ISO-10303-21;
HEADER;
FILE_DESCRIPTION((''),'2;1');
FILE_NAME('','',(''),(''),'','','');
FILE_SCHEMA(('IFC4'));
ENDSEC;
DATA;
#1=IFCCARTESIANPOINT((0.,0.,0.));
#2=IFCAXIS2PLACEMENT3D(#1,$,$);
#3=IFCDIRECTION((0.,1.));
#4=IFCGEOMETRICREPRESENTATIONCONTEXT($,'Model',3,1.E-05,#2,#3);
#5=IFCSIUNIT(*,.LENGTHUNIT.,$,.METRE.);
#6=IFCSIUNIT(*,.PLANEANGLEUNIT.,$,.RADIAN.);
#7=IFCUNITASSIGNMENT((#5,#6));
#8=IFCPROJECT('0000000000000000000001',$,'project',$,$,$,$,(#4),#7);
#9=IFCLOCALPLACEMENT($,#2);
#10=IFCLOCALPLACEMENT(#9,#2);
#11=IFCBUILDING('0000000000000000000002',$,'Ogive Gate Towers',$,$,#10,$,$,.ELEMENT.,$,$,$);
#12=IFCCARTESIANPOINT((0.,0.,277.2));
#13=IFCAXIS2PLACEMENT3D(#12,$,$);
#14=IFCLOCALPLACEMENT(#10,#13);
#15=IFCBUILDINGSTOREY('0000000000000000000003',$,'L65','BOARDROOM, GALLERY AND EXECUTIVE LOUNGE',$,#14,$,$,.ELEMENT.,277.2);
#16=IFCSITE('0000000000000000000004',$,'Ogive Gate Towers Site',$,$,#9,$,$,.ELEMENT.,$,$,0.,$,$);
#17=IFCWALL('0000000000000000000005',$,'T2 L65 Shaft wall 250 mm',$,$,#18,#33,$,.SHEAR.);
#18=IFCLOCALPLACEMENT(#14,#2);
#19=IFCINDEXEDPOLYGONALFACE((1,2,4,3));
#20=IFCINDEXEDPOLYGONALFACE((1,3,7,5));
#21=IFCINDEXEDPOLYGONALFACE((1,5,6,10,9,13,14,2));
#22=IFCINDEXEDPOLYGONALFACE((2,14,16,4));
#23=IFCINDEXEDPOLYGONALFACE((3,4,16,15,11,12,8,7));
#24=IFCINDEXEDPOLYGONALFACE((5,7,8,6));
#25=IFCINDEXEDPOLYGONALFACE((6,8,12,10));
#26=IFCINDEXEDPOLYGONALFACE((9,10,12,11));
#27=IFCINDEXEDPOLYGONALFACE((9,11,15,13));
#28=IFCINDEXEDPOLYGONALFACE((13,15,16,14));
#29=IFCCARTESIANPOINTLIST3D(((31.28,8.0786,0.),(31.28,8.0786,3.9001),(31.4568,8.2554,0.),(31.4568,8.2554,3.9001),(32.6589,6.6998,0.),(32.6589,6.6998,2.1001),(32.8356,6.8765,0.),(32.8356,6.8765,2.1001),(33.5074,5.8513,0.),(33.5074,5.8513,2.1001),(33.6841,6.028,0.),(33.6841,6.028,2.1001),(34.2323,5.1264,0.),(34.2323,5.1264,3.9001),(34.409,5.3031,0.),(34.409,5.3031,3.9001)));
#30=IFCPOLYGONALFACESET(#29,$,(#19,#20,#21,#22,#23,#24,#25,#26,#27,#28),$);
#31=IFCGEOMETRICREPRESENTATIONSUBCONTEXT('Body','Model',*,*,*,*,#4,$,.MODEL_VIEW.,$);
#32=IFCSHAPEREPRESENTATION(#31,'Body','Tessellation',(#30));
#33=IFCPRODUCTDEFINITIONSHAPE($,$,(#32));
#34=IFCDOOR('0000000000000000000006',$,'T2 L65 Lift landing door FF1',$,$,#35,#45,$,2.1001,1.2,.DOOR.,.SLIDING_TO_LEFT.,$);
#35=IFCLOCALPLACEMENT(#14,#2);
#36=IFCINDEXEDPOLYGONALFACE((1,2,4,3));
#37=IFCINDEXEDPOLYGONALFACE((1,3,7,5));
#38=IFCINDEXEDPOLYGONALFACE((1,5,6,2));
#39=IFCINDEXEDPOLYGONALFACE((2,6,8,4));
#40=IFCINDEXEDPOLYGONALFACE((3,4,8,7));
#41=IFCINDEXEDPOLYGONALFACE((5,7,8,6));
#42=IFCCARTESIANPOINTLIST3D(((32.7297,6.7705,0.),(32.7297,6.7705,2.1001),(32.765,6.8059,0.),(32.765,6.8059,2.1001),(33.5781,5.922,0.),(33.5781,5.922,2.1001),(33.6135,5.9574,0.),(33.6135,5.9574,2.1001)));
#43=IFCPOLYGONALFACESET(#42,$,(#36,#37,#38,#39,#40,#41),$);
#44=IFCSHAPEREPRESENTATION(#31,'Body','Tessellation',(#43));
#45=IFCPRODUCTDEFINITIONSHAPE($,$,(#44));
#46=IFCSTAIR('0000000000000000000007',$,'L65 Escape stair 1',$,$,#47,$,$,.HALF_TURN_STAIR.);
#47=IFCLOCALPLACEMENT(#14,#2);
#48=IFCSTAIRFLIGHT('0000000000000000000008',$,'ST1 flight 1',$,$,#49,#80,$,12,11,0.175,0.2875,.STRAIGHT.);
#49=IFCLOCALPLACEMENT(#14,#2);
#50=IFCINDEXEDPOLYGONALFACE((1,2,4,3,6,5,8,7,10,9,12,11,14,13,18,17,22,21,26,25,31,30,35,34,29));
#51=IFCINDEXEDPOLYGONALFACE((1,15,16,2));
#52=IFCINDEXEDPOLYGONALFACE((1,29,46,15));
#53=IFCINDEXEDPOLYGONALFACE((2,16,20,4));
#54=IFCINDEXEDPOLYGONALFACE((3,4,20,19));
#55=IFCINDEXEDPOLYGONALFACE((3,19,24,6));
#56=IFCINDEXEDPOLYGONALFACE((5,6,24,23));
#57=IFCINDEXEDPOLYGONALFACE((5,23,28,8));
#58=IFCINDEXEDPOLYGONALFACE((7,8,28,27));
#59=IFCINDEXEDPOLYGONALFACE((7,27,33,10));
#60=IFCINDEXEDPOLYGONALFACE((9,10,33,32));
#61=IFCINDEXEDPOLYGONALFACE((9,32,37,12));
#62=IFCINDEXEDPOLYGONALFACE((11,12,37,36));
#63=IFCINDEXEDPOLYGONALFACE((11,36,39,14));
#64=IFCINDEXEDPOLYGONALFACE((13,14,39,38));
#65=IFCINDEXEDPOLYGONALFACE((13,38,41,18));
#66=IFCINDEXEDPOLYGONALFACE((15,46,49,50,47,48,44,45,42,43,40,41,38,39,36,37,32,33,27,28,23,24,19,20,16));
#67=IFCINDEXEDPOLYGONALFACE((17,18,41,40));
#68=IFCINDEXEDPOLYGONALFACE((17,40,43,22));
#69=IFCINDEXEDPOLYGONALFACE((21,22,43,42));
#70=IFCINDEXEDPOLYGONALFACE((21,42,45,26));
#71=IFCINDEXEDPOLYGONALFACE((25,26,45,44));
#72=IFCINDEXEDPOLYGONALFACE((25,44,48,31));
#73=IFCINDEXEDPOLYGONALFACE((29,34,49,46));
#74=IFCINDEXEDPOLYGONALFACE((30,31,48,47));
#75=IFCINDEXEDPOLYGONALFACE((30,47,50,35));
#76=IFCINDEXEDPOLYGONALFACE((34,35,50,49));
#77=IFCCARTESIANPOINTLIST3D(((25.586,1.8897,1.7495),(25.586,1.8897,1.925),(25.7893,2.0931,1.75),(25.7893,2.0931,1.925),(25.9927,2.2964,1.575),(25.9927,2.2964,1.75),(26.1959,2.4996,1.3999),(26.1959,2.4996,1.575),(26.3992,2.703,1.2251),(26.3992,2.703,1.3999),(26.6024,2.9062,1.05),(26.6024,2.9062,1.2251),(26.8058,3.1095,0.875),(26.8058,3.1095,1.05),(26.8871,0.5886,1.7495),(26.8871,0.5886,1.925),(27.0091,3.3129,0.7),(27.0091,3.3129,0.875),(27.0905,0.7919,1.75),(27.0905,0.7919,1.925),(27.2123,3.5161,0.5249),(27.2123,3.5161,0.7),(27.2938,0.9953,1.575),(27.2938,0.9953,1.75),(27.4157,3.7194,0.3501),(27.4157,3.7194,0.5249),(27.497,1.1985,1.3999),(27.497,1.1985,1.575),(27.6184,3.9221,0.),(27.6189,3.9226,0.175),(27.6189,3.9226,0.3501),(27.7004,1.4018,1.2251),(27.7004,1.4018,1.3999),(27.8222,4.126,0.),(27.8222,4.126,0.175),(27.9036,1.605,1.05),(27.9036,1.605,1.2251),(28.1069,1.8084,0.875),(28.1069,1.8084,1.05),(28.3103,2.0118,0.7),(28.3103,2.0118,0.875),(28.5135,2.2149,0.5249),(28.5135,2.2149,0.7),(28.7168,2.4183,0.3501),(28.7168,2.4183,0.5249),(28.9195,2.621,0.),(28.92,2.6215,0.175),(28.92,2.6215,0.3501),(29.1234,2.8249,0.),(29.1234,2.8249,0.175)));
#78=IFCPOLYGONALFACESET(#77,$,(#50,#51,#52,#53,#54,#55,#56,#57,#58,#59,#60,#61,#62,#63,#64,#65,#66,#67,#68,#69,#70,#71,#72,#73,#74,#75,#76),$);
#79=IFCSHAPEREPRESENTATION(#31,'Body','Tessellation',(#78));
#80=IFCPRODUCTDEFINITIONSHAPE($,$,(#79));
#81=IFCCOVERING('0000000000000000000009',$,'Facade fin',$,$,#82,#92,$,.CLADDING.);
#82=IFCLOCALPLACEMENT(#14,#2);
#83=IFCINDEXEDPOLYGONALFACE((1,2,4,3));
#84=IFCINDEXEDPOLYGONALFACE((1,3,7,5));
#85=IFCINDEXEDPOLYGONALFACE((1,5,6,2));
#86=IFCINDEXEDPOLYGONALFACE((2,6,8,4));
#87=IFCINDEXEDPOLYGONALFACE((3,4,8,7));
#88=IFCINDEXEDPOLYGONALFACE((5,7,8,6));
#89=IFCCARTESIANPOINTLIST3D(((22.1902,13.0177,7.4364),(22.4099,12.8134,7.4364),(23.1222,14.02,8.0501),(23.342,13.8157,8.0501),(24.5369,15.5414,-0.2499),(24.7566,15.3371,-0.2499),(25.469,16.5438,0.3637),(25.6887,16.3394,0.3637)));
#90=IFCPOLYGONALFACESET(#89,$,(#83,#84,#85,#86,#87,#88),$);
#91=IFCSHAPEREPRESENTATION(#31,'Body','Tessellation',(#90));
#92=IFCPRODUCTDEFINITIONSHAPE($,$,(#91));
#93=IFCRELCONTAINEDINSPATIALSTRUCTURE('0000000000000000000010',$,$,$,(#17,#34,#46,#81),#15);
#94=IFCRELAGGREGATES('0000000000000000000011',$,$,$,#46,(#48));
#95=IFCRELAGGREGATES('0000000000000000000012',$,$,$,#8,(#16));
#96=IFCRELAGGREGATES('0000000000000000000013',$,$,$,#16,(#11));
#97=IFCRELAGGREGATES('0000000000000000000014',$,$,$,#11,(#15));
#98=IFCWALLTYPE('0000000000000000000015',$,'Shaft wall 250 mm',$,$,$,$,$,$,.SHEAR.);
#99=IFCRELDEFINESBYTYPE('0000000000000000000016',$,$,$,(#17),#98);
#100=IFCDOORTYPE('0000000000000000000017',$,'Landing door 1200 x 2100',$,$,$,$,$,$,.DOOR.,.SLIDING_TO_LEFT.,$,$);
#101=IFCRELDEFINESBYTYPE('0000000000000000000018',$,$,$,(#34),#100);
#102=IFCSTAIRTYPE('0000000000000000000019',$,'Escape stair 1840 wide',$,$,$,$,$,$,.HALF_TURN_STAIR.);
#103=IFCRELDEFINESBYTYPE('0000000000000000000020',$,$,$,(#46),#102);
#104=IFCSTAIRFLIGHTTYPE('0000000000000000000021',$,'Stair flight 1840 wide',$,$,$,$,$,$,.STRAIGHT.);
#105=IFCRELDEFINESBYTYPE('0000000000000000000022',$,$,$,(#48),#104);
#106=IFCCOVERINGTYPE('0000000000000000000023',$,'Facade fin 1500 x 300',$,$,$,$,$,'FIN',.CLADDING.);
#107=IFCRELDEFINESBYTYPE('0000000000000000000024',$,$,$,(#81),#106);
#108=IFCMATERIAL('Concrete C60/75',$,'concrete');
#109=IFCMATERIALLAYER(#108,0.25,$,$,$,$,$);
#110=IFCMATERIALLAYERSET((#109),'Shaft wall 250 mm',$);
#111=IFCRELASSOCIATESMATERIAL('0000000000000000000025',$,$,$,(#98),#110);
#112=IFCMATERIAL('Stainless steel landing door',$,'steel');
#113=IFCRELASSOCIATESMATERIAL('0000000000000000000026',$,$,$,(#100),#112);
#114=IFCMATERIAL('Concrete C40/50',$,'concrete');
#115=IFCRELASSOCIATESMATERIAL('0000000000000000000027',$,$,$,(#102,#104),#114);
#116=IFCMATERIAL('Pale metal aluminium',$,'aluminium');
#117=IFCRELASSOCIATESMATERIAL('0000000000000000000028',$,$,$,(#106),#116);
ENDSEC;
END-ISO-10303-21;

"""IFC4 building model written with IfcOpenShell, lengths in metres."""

from ifc_helpers import new_model, si_unit, direction, frame, frame_2d, origin, origin_2d, place, context, subcontext, project, spatial, polyline, rectangle, outline, extrude, material, layer, layer_set, material_profile, profile_set, type_object, element, fill, aggregate, save


model = new_model("IFC4")

# Units and contexts
model_context = context("Model", 3, precision=1e-05, world=origin(), true_north=direction((0.0, 1.0)))
body_context = subcontext(model_context, "Body", "Model", "MODEL_VIEW")
ifc_project = project(units=[si_unit("LENGTHUNIT", "METRE"), si_unit("PLANEANGLEUNIT", "RADIAN")], contexts=[model_context])

# Site, building, storey
site_placement = place(None, origin())
site = spatial("IfcSite", under=ifc_project, at=site_placement, Name="Ogive Gate Towers Site", CompositionType="ELEMENT", RefElevation=0.0)
building_placement = place(site_placement, origin())
building = spatial("IfcBuilding", under=site, at=building_placement, Name="Ogive Gate Towers", CompositionType="ELEMENT")
storey_placement = place(building_placement, frame((0.0, 0.0, 277.2)))
storey = spatial("IfcBuildingStorey", under=building, at=storey_placement, Name="L65", Description="BOARDROOM, GALLERY AND EXECUTIVE LOUNGE", CompositionType="ELEMENT", Elevation=277.2)

# Shared definitions
ifc_material_1 = material(Name="Concrete C40/50", Category="concrete")

# Shared definitions
ifc_material_2 = material(Name="Pale metal aluminium", Category="aluminium")

# Shared definitions
ifc_material_3 = material(Name="Concrete C60/75", Category="concrete")
ifc_layer_1 = layer(ifc_material_3, 0.25)
ifc_layer_set_1 = layer_set([ifc_layer_1], Name="Shaft wall 250 mm")
wall_type_1 = type_object("IfcWallType", Name="Shaft wall 250 mm", PredefinedType="SHEAR", material=ifc_layer_set_1)

# Wall, opening, door
wall_1_placement = place(storey_placement, frame((34.3206, 5.2148, 0.0), z_axis=(0.0, 0.0, 1.0), x_axis=(-0.707107, 0.707107, 0.0)))
wall_1 = element("IfcWall", 1, at=wall_1_placement, inside=storey, type_object=wall_type_1, Name="T2 L65 Shaft wall 250 mm", PredefinedType="SHEAR", context=body_context, shape_type="SweptSolid", body=[
    extrude(rectangle(XDim=4.175, YDim=0.25, at=frame_2d((2.0874, 0.0))), origin(), (0.0, 0.0, 1.0), 3.9001),
])
opening_1_placement = place(wall_1_placement, frame((1.0249, 0.0, 0.0)))
opening_1 = element("IfcOpeningElement", 2, at=opening_1_placement, cuts=wall_1, PredefinedType="OPENING", context=body_context, shape_type="SweptSolid", body=[
    extrude(rectangle(XDim=1.2, YDim=2.1001, at=frame_2d((0.6001, 1.05))), frame((0.0, 0.135, 0.0), z_axis=(0.0, -1.0, 0.0), x_axis=(1.0, 0.0, 0.0)), (0.0, 0.0, 1.0), 0.27),
])
ifc_material_4 = material(Name="Stainless steel landing door", Category="steel")
door_type_1 = type_object("IfcDoorType", Name="Landing door 1200 x 2100", OperationType="SLIDING_TO_LEFT", PredefinedType="DOOR", material=ifc_material_4)
door_1_placement = place(opening_1_placement, origin())
door_1 = element("IfcDoor", 3, at=door_1_placement, inside=storey, type_object=door_type_1, Name="T2 L65 Lift landing door FF1", OperationType="SLIDING_TO_LEFT", OverallHeight=2.1001, OverallWidth=1.2, PredefinedType="DOOR", context=body_context, shape_type="SweptSolid", body=[
    extrude(rectangle(XDim=1.2, YDim=2.1001, at=frame_2d((0.6001, 1.05))), frame((0.0, 0.0249, 0.0), z_axis=(0.0, -1.0, 0.0), x_axis=(1.0, 0.0, 0.0)), (0.0, 0.0, 1.0), 0.05),
])
fill(opening_1, door_1)

# Stair, stair flight
stair_type = type_object("IfcStairType", Name="Escape stair 1840 wide", PredefinedType="HALF_TURN_STAIR", material=ifc_material_1)
stair_placement = place(storey_placement, origin())
stair = element("IfcStair", 4, at=stair_placement, inside=storey, type_object=stair_type, Name="L65 Escape stair 1", PredefinedType="HALF_TURN_STAIR")
stair_flight_type = type_object("IfcStairFlightType", Name="Stair flight 1840 wide", PredefinedType="STRAIGHT", material=ifc_material_1)
stair_flight_placement = place(storey_placement, frame((28.4729, 3.4753, 0.0), z_axis=(0.0, 0.0, 1.0), x_axis=(-0.707107, -0.707107, 0.0)))
stair_flight = element("IfcStairFlight", 5, at=stair_flight_placement, type_object=stair_flight_type, Name="ST1 flight 1", NumberOfRisers=12, NumberOfTreads=11, PredefinedType="STRAIGHT", RiserHeight=0.175, TreadLength=0.2875, context=body_context, shape_type="SweptSolid", body=[
    extrude(outline(polyline([(0.0, 0.0), (0.0, 0.175), (0.2876, 0.175), (0.2876, 0.3501), (0.575, 0.3501), (0.575, 0.5249), (0.8625, 0.5249), (0.8625, 0.7), (1.1499, 0.7), (1.1499, 0.875), (1.4375, 0.875), (1.4375, 1.05), (1.7251, 1.05), (1.7251, 1.2251), (2.0125, 1.2251), (2.0125, 1.3999), (2.3, 1.3999), (2.3, 1.575), (2.5874, 1.575), (2.5874, 1.75), (2.875, 1.75), (2.875, 1.925), (3.1626, 1.925), (3.1626, 2.1001), (3.1626, 1.7495), (0.2883, 0.0), (0.0, 0.0)])), frame((0.0, 0.9199, 0.0), z_axis=(0.0, -1.0, 0.0), x_axis=(1.0, 0.0, 0.0)), (0.0, 0.0, 1.0), 1.8401),
])
aggregate(stair, [stair_flight])

# Covering
ifc_material_profile_1 = material_profile(ifc_material_2, rectangle(XDim=0.3, YDim=1.5, at=origin_2d()), Name="1500 x 300 pale metal aluminium")
ifc_profile_set_1 = profile_set([ifc_material_profile_1], Name="Pale metal aluminium")
covering_type = type_object("IfcCoveringType", Name="Facade fin 1500 x 300", ElementType="FIN", PredefinedType="CLADDING", material=ifc_profile_set_1)
covering_placement = place(storey_placement, frame((25.1128, 15.9404, 0.0569), z_axis=(-0.278588, -0.299601, 0.912484), x_axis=(0.732321, -0.680959, 0.0)))
element("IfcCovering", 6, at=covering_placement, inside=storey, type_object=covering_type, Name="Facade fin", PredefinedType="CLADDING", context=body_context, shape_type="SweptSolid", body=[
    extrude(rectangle(XDim=0.3, YDim=1.5, at=origin_2d()), origin(), (0.0, 0.0, 1.0), 8.4236),
])

save(model, "model.ifc")
